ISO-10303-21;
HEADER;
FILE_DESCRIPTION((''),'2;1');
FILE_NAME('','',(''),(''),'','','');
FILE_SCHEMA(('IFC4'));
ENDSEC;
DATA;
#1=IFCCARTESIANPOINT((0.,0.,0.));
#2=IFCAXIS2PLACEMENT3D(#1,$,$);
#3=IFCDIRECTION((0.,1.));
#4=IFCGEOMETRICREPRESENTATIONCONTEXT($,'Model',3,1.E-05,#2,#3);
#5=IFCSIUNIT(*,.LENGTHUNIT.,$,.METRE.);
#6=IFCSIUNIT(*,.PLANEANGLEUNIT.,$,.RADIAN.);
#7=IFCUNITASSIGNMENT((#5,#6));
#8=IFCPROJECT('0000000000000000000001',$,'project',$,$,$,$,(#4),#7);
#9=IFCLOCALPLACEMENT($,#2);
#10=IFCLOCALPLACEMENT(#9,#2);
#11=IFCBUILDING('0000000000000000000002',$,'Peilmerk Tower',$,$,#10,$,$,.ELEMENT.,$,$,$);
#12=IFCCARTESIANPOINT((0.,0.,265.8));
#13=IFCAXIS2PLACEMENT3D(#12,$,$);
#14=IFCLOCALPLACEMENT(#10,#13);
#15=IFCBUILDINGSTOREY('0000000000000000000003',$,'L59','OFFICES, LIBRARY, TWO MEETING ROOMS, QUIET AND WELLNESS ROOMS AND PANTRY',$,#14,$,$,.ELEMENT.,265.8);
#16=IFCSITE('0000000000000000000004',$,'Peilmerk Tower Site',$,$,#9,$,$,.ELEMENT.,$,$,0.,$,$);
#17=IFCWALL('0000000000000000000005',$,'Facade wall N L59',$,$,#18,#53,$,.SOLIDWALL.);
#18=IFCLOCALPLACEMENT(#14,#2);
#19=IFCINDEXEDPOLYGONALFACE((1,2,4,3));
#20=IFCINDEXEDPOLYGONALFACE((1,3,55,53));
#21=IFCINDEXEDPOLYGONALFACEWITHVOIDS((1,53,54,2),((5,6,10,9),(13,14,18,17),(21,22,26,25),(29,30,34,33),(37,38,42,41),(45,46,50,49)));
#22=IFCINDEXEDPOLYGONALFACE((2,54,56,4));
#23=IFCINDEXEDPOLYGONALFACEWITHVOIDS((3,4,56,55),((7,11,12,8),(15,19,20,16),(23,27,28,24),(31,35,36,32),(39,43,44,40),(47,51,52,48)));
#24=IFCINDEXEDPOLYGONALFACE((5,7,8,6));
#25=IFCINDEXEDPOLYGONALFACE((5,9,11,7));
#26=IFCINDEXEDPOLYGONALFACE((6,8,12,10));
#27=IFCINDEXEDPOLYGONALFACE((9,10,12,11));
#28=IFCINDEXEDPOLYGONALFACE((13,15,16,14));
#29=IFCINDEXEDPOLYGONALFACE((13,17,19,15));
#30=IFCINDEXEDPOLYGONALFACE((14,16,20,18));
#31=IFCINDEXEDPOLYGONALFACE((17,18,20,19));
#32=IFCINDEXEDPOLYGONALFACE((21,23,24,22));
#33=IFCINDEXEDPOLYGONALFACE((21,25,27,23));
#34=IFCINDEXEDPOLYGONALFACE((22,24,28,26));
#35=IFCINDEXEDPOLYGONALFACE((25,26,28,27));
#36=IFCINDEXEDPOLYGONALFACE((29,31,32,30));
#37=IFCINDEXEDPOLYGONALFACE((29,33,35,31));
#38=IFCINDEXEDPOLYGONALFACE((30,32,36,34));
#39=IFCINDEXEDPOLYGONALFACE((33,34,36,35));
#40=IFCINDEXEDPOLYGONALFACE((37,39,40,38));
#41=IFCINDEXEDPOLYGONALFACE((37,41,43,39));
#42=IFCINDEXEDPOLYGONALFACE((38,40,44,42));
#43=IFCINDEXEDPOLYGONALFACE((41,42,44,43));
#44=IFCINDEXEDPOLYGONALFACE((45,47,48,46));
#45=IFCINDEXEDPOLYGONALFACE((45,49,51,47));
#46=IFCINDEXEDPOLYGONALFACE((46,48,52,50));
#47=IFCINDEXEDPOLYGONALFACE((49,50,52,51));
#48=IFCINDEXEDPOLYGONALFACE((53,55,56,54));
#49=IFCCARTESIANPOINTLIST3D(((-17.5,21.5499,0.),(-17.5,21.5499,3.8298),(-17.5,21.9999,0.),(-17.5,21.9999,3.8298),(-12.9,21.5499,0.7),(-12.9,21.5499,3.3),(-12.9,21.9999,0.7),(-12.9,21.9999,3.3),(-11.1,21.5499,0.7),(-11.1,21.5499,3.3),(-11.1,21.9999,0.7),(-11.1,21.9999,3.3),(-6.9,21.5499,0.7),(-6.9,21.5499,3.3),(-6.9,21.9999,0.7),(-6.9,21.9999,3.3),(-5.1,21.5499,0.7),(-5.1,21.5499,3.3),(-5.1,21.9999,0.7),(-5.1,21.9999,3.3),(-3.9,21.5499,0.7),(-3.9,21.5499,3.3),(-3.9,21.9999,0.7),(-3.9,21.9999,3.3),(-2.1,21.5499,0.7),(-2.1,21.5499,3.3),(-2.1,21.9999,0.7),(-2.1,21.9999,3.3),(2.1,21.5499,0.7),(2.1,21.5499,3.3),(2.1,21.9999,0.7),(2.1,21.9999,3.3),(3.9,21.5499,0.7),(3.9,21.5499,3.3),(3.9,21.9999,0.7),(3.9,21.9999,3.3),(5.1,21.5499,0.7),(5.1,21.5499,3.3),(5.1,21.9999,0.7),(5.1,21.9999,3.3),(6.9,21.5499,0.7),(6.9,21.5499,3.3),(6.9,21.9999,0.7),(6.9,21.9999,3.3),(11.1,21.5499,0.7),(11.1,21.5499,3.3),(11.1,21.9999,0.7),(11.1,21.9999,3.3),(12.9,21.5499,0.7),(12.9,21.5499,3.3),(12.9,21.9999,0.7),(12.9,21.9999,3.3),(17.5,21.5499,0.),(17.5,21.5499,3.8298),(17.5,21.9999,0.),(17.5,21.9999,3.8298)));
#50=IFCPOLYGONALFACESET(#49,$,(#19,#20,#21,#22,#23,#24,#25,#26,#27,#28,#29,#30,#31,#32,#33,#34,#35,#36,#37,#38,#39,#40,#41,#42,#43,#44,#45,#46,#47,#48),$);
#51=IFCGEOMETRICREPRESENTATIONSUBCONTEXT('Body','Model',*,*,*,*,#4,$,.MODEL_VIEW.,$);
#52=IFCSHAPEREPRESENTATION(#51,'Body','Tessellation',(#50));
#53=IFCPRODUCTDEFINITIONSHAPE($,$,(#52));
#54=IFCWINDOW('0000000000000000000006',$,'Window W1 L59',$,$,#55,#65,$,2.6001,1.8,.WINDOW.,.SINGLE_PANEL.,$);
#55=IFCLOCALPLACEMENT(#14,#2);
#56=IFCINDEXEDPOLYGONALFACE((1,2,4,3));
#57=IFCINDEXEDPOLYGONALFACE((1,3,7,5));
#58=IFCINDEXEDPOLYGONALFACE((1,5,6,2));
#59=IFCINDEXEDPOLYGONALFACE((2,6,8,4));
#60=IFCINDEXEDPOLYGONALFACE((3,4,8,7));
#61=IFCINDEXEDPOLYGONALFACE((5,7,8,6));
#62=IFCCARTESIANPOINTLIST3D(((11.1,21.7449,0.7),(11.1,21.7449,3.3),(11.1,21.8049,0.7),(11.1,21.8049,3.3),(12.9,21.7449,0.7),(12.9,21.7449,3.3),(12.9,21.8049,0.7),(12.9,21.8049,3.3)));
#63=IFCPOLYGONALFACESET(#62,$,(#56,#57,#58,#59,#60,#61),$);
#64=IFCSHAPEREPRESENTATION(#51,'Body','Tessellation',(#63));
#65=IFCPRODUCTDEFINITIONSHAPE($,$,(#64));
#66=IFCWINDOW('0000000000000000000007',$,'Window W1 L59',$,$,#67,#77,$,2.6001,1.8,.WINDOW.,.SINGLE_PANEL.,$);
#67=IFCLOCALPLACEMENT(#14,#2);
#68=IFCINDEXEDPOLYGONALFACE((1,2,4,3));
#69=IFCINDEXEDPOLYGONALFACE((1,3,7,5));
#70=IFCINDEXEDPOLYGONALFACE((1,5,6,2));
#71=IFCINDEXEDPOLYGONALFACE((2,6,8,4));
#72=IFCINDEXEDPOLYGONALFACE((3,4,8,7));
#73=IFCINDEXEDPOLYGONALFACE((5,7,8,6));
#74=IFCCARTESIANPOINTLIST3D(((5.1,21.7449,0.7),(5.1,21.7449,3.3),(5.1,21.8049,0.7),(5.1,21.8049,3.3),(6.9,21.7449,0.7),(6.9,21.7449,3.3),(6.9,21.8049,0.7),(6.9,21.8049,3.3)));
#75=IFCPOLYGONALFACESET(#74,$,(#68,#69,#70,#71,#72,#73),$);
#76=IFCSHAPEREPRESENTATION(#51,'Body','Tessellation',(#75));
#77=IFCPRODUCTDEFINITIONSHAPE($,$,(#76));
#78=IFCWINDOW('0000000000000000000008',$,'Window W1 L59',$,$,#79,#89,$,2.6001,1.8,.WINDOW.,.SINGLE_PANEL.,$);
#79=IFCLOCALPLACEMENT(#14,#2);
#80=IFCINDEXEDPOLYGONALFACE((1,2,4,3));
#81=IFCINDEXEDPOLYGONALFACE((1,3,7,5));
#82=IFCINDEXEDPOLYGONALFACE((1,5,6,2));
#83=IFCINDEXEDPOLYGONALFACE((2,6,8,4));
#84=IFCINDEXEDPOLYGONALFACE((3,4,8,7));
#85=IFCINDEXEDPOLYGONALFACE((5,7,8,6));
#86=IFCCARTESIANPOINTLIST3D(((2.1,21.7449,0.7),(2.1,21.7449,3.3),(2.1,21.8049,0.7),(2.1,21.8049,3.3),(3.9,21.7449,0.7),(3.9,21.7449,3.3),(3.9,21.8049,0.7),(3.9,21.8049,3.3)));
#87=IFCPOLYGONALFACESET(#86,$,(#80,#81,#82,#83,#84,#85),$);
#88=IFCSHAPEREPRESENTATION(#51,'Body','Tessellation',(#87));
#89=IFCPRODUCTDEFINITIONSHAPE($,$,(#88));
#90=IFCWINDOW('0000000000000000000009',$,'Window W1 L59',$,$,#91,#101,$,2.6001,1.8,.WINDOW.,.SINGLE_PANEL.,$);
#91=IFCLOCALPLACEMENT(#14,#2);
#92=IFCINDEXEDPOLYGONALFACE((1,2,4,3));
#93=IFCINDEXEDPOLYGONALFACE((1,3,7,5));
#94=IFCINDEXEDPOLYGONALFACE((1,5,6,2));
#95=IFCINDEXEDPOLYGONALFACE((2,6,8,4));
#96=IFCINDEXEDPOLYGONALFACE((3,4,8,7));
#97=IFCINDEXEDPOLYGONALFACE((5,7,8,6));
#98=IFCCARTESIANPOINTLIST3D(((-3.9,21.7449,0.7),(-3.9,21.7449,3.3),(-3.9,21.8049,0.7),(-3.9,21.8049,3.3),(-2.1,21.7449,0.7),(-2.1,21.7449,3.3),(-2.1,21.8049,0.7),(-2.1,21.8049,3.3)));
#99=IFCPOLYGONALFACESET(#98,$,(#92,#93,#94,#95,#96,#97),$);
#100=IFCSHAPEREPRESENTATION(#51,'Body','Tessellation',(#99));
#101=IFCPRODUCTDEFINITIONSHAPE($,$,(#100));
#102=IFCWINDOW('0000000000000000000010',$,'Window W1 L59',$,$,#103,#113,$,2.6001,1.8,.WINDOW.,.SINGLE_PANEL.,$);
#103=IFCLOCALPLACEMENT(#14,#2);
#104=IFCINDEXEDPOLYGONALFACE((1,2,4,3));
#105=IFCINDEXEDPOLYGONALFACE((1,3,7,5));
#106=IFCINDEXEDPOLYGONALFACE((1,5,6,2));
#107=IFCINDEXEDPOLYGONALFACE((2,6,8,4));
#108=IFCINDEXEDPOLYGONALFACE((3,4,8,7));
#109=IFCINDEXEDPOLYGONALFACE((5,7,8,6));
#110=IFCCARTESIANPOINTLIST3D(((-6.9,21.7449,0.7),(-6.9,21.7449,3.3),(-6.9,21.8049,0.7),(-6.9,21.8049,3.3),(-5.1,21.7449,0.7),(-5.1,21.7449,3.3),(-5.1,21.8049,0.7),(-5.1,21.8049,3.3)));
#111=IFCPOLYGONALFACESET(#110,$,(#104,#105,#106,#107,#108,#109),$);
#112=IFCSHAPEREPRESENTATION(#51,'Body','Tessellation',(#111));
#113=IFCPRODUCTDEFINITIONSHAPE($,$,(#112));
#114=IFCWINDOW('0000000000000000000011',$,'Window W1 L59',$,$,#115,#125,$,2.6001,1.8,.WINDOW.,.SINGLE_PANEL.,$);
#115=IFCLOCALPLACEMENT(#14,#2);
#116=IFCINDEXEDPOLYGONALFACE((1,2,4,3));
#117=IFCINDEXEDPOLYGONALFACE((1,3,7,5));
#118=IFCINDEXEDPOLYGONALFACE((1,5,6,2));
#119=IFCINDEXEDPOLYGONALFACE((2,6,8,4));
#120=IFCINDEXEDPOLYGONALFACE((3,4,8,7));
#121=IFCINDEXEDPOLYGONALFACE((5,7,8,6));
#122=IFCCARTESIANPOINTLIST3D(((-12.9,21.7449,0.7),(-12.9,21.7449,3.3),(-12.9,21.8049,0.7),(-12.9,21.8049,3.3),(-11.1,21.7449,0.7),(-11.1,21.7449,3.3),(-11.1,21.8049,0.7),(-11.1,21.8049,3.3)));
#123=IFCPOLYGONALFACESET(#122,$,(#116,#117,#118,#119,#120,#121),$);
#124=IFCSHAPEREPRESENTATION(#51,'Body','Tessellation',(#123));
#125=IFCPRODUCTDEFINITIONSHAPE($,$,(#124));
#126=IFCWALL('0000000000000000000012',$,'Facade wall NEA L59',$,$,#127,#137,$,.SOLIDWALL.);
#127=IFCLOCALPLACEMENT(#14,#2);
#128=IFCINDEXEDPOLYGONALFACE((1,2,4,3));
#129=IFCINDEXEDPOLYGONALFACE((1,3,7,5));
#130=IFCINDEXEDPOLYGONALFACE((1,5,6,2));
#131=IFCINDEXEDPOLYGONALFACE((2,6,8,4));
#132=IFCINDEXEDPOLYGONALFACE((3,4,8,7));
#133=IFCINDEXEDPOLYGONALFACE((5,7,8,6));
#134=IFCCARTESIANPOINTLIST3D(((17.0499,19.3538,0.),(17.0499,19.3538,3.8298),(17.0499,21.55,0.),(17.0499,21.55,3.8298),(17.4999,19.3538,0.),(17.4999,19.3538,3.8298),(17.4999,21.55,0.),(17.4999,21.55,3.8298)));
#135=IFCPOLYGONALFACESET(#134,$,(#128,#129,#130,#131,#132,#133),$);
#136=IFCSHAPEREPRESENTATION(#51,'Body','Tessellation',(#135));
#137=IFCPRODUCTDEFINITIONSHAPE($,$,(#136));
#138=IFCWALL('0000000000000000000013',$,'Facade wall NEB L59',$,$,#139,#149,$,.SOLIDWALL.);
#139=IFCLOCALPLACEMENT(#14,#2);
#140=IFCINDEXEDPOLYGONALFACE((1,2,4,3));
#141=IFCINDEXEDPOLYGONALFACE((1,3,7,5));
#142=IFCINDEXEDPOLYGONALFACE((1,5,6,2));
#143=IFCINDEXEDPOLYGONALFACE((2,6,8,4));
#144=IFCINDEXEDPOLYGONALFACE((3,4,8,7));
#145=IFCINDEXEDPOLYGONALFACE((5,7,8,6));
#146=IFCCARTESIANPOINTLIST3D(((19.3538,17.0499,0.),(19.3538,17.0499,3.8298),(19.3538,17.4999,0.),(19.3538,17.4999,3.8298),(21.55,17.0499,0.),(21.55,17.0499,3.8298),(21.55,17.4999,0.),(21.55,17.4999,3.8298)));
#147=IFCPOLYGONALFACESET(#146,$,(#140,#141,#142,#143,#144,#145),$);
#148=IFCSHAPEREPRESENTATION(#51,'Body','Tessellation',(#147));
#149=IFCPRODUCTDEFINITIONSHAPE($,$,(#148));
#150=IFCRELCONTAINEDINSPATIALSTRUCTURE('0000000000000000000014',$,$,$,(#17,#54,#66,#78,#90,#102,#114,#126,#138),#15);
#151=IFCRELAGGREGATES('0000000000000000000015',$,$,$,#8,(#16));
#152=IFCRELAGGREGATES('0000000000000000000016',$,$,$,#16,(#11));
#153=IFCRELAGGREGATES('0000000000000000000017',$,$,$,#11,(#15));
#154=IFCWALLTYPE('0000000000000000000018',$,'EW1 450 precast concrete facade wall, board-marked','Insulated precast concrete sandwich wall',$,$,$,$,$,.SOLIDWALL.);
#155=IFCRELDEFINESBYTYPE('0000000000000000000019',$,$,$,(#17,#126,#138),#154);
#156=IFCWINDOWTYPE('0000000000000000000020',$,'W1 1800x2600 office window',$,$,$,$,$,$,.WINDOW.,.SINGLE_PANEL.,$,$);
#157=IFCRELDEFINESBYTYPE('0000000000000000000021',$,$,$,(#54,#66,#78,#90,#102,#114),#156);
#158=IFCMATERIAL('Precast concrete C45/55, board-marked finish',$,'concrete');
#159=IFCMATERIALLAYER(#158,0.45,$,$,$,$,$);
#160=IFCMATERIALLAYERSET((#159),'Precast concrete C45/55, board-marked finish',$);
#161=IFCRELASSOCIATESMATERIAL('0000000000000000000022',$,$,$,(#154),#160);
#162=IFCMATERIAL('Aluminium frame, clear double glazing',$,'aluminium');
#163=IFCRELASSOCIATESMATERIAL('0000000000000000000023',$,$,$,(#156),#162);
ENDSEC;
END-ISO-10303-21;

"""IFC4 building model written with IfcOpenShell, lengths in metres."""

from ifc_helpers import new_model, si_unit, direction, frame, frame_2d, origin, place, context, subcontext, project, spatial, rectangle, extrude, material, layer, layer_set, type_object, element, fill, save


model = new_model("IFC4")

# Units and contexts
model_context = context("Model", 3, precision=1e-05, world=origin(), true_north=direction((0.0, 1.0)))
body_context = subcontext(model_context, "Body", "Model", "MODEL_VIEW")
ifc_project = project(units=[si_unit("LENGTHUNIT", "METRE"), si_unit("PLANEANGLEUNIT", "RADIAN")], contexts=[model_context])

# Site, building, storey
site_placement = place(None, origin())
site = spatial("IfcSite", under=ifc_project, at=site_placement, Name="Peilmerk Tower Site", CompositionType="ELEMENT", RefElevation=0.0)
building_placement = place(site_placement, origin())
building = spatial("IfcBuilding", under=site, at=building_placement, Name="Peilmerk Tower", CompositionType="ELEMENT")
storey_placement = place(building_placement, frame((0.0, 0.0, 265.8)))
storey = spatial("IfcBuildingStorey", under=building, at=storey_placement, Name="L59", Description="OFFICES, LIBRARY, TWO MEETING ROOMS, QUIET AND WELLNESS ROOMS AND PANTRY", CompositionType="ELEMENT", Elevation=265.8)

# Wall, openings, windows
ifc_material_1 = material(Name="Precast concrete C45/55, board-marked finish", Category="concrete")
ifc_layer_1 = layer(ifc_material_1, 0.45)
ifc_layer_set_1 = layer_set([ifc_layer_1], Name="Precast concrete C45/55, board-marked finish")
wall_type = type_object("IfcWallType", Name="EW1 450 precast concrete facade wall, board-marked", Description="Insulated precast concrete sandwich wall", PredefinedType="SOLIDWALL", material=ifc_layer_set_1)
wall_placement = place(storey_placement, frame((17.5, 21.7749, 0.0), z_axis=(0.0, 0.0, 1.0), x_axis=(-1.0, 0.0, 0.0)))
wall = element("IfcWall", 1, at=wall_placement, inside=storey, type_object=wall_type, Name="Facade wall N L59", PredefinedType="SOLIDWALL", context=body_context, shape_type="SweptSolid", body=[
    extrude(rectangle(XDim=35.0, YDim=0.45, at=frame_2d((17.5, 0.0))), origin(), (0.0, 0.0, 1.0), 3.8298),
])
opening_1_placement = place(wall_placement, frame((4.6001, 0.0, 0.7)))
opening_1 = element("IfcOpeningElement", 2, at=opening_1_placement, cuts=wall, PredefinedType="OPENING", context=body_context, shape_type="SweptSolid", body=[
    extrude(rectangle(XDim=1.8, YDim=2.6001, at=frame_2d((0.8999, 1.3))), frame((0.0, 0.2349, 0.0), z_axis=(0.0, -1.0, 0.0), x_axis=(1.0, 0.0, 0.0)), (0.0, 0.0, 1.0), 0.47),
])
opening_2_placement = place(wall_placement, frame((10.6001, 0.0, 0.7)))
opening_2 = element("IfcOpeningElement", 3, at=opening_2_placement, cuts=wall, PredefinedType="OPENING", context=body_context, shape_type="SweptSolid", body=[
    extrude(rectangle(XDim=1.8, YDim=2.6001, at=frame_2d((0.8999, 1.3))), frame((0.0, 0.2349, 0.0), z_axis=(0.0, -1.0, 0.0), x_axis=(1.0, 0.0, 0.0)), (0.0, 0.0, 1.0), 0.47),
])
opening_3_placement = place(wall_placement, frame((13.6001, 0.0, 0.7)))
opening_3 = element("IfcOpeningElement", 4, at=opening_3_placement, cuts=wall, PredefinedType="OPENING", context=body_context, shape_type="SweptSolid", body=[
    extrude(rectangle(XDim=1.8, YDim=2.6001, at=frame_2d((0.8999, 1.3))), frame((0.0, 0.2349, 0.0), z_axis=(0.0, -1.0, 0.0), x_axis=(1.0, 0.0, 0.0)), (0.0, 0.0, 1.0), 0.47),
])
opening_4_placement = place(wall_placement, frame((19.6001, 0.0, 0.7)))
opening_4 = element("IfcOpeningElement", 5, at=opening_4_placement, cuts=wall, PredefinedType="OPENING", context=body_context, shape_type="SweptSolid", body=[
    extrude(rectangle(XDim=1.8, YDim=2.6001, at=frame_2d((0.8999, 1.3))), frame((0.0, 0.2349, 0.0), z_axis=(0.0, -1.0, 0.0), x_axis=(1.0, 0.0, 0.0)), (0.0, 0.0, 1.0), 0.47),
])
opening_5_placement = place(wall_placement, frame((22.6001, 0.0, 0.7)))
opening_5 = element("IfcOpeningElement", 6, at=opening_5_placement, cuts=wall, PredefinedType="OPENING", context=body_context, shape_type="SweptSolid", body=[
    extrude(rectangle(XDim=1.8, YDim=2.6001, at=frame_2d((0.8999, 1.3))), frame((0.0, 0.2349, 0.0), z_axis=(0.0, -1.0, 0.0), x_axis=(1.0, 0.0, 0.0)), (0.0, 0.0, 1.0), 0.47),
])
opening_6_placement = place(wall_placement, frame((28.6001, 0.0, 0.7)))
opening_6 = element("IfcOpeningElement", 7, at=opening_6_placement, cuts=wall, PredefinedType="OPENING", context=body_context, shape_type="SweptSolid", body=[
    extrude(rectangle(XDim=1.8, YDim=2.6001, at=frame_2d((0.8999, 1.3))), frame((0.0, 0.2349, 0.0), z_axis=(0.0, -1.0, 0.0), x_axis=(1.0, 0.0, 0.0)), (0.0, 0.0, 1.0), 0.47),
])
ifc_material_2 = material(Name="Aluminium frame, clear double glazing", Category="aluminium")
window_type = type_object("IfcWindowType", Name="W1 1800x2600 office window", PartitioningType="SINGLE_PANEL", PredefinedType="WINDOW", material=ifc_material_2)
window_1_placement = place(opening_1_placement, origin())
window_1 = element("IfcWindow", 8, at=window_1_placement, inside=storey, type_object=window_type, Name="Window W1 L59", OverallHeight=2.6001, OverallWidth=1.8, PartitioningType="SINGLE_PANEL", PredefinedType="WINDOW", context=body_context, shape_type="SweptSolid", body=[
    extrude(rectangle(XDim=1.8, YDim=2.6001, at=frame_2d((0.8999, 1.3))), frame((0.0, 0.03, 0.0), z_axis=(0.0, -1.0, 0.0), x_axis=(1.0, 0.0, 0.0)), (0.0, 0.0, 1.0), 0.0601),
])
fill(opening_1, window_1)
window_2_placement = place(opening_2_placement, origin())
window_2 = element("IfcWindow", 9, at=window_2_placement, inside=storey, type_object=window_type, Name="Window W1 L59", OverallHeight=2.6001, OverallWidth=1.8, PartitioningType="SINGLE_PANEL", PredefinedType="WINDOW", context=body_context, shape_type="SweptSolid", body=[
    extrude(rectangle(XDim=1.8, YDim=2.6001, at=frame_2d((0.8999, 1.3))), frame((0.0, 0.03, 0.0), z_axis=(0.0, -1.0, 0.0), x_axis=(1.0, 0.0, 0.0)), (0.0, 0.0, 1.0), 0.0601),
])
fill(opening_2, window_2)
window_3_placement = place(opening_3_placement, origin())
window_3 = element("IfcWindow", 10, at=window_3_placement, inside=storey, type_object=window_type, Name="Window W1 L59", OverallHeight=2.6001, OverallWidth=1.8, PartitioningType="SINGLE_PANEL", PredefinedType="WINDOW", context=body_context, shape_type="SweptSolid", body=[
    extrude(rectangle(XDim=1.8, YDim=2.6001, at=frame_2d((0.8999, 1.3))), frame((0.0, 0.03, 0.0), z_axis=(0.0, -1.0, 0.0), x_axis=(1.0, 0.0, 0.0)), (0.0, 0.0, 1.0), 0.0601),
])
fill(opening_3, window_3)
window_4_placement = place(opening_4_placement, origin())
window_4 = element("IfcWindow", 11, at=window_4_placement, inside=storey, type_object=window_type, Name="Window W1 L59", OverallHeight=2.6001, OverallWidth=1.8, PartitioningType="SINGLE_PANEL", PredefinedType="WINDOW", context=body_context, shape_type="SweptSolid", body=[
    extrude(rectangle(XDim=1.8, YDim=2.6001, at=frame_2d((0.8999, 1.3))), frame((0.0, 0.03, 0.0), z_axis=(0.0, -1.0, 0.0), x_axis=(1.0, 0.0, 0.0)), (0.0, 0.0, 1.0), 0.0601),
])
fill(opening_4, window_4)
window_5_placement = place(opening_5_placement, origin())
window_5 = element("IfcWindow", 12, at=window_5_placement, inside=storey, type_object=window_type, Name="Window W1 L59", OverallHeight=2.6001, OverallWidth=1.8, PartitioningType="SINGLE_PANEL", PredefinedType="WINDOW", context=body_context, shape_type="SweptSolid", body=[
    extrude(rectangle(XDim=1.8, YDim=2.6001, at=frame_2d((0.8999, 1.3))), frame((0.0, 0.03, 0.0), z_axis=(0.0, -1.0, 0.0), x_axis=(1.0, 0.0, 0.0)), (0.0, 0.0, 1.0), 0.0601),
])
fill(opening_5, window_5)
window_6_placement = place(opening_6_placement, origin())
window_6 = element("IfcWindow", 13, at=window_6_placement, inside=storey, type_object=window_type, Name="Window W1 L59", OverallHeight=2.6001, OverallWidth=1.8, PartitioningType="SINGLE_PANEL", PredefinedType="WINDOW", context=body_context, shape_type="SweptSolid", body=[
    extrude(rectangle(XDim=1.8, YDim=2.6001, at=frame_2d((0.8999, 1.3))), frame((0.0, 0.03, 0.0), z_axis=(0.0, -1.0, 0.0), x_axis=(1.0, 0.0, 0.0)), (0.0, 0.0, 1.0), 0.0601),
])
fill(opening_6, window_6)

# Walls
for number, where, z_axis, x_axis, name in (
    (14, (17.2749, 19.3538, 0.0), (0.0, 0.0, 1.0), (0.0, 1.0, 0.0), "Facade wall NEA L59"),
    (15, (19.3538, 17.2749, 0.0), (0.0, 0.0, 1.0), (1.0, 0.0, 0.0), "Facade wall NEB L59"),
):
    element("IfcWall", number, at=place(storey_placement, frame(where, z_axis=z_axis, x_axis=x_axis)), inside=storey, type_object=wall_type, Name=name, PredefinedType="SOLIDWALL", context=body_context, shape_type="SweptSolid", body=[
        extrude(rectangle(XDim=2.1963, YDim=0.45, at=frame_2d((1.0981, 0.0))), origin(), (0.0, 0.0, 1.0), 3.8298),
    ])

save(model, "model.ifc")
